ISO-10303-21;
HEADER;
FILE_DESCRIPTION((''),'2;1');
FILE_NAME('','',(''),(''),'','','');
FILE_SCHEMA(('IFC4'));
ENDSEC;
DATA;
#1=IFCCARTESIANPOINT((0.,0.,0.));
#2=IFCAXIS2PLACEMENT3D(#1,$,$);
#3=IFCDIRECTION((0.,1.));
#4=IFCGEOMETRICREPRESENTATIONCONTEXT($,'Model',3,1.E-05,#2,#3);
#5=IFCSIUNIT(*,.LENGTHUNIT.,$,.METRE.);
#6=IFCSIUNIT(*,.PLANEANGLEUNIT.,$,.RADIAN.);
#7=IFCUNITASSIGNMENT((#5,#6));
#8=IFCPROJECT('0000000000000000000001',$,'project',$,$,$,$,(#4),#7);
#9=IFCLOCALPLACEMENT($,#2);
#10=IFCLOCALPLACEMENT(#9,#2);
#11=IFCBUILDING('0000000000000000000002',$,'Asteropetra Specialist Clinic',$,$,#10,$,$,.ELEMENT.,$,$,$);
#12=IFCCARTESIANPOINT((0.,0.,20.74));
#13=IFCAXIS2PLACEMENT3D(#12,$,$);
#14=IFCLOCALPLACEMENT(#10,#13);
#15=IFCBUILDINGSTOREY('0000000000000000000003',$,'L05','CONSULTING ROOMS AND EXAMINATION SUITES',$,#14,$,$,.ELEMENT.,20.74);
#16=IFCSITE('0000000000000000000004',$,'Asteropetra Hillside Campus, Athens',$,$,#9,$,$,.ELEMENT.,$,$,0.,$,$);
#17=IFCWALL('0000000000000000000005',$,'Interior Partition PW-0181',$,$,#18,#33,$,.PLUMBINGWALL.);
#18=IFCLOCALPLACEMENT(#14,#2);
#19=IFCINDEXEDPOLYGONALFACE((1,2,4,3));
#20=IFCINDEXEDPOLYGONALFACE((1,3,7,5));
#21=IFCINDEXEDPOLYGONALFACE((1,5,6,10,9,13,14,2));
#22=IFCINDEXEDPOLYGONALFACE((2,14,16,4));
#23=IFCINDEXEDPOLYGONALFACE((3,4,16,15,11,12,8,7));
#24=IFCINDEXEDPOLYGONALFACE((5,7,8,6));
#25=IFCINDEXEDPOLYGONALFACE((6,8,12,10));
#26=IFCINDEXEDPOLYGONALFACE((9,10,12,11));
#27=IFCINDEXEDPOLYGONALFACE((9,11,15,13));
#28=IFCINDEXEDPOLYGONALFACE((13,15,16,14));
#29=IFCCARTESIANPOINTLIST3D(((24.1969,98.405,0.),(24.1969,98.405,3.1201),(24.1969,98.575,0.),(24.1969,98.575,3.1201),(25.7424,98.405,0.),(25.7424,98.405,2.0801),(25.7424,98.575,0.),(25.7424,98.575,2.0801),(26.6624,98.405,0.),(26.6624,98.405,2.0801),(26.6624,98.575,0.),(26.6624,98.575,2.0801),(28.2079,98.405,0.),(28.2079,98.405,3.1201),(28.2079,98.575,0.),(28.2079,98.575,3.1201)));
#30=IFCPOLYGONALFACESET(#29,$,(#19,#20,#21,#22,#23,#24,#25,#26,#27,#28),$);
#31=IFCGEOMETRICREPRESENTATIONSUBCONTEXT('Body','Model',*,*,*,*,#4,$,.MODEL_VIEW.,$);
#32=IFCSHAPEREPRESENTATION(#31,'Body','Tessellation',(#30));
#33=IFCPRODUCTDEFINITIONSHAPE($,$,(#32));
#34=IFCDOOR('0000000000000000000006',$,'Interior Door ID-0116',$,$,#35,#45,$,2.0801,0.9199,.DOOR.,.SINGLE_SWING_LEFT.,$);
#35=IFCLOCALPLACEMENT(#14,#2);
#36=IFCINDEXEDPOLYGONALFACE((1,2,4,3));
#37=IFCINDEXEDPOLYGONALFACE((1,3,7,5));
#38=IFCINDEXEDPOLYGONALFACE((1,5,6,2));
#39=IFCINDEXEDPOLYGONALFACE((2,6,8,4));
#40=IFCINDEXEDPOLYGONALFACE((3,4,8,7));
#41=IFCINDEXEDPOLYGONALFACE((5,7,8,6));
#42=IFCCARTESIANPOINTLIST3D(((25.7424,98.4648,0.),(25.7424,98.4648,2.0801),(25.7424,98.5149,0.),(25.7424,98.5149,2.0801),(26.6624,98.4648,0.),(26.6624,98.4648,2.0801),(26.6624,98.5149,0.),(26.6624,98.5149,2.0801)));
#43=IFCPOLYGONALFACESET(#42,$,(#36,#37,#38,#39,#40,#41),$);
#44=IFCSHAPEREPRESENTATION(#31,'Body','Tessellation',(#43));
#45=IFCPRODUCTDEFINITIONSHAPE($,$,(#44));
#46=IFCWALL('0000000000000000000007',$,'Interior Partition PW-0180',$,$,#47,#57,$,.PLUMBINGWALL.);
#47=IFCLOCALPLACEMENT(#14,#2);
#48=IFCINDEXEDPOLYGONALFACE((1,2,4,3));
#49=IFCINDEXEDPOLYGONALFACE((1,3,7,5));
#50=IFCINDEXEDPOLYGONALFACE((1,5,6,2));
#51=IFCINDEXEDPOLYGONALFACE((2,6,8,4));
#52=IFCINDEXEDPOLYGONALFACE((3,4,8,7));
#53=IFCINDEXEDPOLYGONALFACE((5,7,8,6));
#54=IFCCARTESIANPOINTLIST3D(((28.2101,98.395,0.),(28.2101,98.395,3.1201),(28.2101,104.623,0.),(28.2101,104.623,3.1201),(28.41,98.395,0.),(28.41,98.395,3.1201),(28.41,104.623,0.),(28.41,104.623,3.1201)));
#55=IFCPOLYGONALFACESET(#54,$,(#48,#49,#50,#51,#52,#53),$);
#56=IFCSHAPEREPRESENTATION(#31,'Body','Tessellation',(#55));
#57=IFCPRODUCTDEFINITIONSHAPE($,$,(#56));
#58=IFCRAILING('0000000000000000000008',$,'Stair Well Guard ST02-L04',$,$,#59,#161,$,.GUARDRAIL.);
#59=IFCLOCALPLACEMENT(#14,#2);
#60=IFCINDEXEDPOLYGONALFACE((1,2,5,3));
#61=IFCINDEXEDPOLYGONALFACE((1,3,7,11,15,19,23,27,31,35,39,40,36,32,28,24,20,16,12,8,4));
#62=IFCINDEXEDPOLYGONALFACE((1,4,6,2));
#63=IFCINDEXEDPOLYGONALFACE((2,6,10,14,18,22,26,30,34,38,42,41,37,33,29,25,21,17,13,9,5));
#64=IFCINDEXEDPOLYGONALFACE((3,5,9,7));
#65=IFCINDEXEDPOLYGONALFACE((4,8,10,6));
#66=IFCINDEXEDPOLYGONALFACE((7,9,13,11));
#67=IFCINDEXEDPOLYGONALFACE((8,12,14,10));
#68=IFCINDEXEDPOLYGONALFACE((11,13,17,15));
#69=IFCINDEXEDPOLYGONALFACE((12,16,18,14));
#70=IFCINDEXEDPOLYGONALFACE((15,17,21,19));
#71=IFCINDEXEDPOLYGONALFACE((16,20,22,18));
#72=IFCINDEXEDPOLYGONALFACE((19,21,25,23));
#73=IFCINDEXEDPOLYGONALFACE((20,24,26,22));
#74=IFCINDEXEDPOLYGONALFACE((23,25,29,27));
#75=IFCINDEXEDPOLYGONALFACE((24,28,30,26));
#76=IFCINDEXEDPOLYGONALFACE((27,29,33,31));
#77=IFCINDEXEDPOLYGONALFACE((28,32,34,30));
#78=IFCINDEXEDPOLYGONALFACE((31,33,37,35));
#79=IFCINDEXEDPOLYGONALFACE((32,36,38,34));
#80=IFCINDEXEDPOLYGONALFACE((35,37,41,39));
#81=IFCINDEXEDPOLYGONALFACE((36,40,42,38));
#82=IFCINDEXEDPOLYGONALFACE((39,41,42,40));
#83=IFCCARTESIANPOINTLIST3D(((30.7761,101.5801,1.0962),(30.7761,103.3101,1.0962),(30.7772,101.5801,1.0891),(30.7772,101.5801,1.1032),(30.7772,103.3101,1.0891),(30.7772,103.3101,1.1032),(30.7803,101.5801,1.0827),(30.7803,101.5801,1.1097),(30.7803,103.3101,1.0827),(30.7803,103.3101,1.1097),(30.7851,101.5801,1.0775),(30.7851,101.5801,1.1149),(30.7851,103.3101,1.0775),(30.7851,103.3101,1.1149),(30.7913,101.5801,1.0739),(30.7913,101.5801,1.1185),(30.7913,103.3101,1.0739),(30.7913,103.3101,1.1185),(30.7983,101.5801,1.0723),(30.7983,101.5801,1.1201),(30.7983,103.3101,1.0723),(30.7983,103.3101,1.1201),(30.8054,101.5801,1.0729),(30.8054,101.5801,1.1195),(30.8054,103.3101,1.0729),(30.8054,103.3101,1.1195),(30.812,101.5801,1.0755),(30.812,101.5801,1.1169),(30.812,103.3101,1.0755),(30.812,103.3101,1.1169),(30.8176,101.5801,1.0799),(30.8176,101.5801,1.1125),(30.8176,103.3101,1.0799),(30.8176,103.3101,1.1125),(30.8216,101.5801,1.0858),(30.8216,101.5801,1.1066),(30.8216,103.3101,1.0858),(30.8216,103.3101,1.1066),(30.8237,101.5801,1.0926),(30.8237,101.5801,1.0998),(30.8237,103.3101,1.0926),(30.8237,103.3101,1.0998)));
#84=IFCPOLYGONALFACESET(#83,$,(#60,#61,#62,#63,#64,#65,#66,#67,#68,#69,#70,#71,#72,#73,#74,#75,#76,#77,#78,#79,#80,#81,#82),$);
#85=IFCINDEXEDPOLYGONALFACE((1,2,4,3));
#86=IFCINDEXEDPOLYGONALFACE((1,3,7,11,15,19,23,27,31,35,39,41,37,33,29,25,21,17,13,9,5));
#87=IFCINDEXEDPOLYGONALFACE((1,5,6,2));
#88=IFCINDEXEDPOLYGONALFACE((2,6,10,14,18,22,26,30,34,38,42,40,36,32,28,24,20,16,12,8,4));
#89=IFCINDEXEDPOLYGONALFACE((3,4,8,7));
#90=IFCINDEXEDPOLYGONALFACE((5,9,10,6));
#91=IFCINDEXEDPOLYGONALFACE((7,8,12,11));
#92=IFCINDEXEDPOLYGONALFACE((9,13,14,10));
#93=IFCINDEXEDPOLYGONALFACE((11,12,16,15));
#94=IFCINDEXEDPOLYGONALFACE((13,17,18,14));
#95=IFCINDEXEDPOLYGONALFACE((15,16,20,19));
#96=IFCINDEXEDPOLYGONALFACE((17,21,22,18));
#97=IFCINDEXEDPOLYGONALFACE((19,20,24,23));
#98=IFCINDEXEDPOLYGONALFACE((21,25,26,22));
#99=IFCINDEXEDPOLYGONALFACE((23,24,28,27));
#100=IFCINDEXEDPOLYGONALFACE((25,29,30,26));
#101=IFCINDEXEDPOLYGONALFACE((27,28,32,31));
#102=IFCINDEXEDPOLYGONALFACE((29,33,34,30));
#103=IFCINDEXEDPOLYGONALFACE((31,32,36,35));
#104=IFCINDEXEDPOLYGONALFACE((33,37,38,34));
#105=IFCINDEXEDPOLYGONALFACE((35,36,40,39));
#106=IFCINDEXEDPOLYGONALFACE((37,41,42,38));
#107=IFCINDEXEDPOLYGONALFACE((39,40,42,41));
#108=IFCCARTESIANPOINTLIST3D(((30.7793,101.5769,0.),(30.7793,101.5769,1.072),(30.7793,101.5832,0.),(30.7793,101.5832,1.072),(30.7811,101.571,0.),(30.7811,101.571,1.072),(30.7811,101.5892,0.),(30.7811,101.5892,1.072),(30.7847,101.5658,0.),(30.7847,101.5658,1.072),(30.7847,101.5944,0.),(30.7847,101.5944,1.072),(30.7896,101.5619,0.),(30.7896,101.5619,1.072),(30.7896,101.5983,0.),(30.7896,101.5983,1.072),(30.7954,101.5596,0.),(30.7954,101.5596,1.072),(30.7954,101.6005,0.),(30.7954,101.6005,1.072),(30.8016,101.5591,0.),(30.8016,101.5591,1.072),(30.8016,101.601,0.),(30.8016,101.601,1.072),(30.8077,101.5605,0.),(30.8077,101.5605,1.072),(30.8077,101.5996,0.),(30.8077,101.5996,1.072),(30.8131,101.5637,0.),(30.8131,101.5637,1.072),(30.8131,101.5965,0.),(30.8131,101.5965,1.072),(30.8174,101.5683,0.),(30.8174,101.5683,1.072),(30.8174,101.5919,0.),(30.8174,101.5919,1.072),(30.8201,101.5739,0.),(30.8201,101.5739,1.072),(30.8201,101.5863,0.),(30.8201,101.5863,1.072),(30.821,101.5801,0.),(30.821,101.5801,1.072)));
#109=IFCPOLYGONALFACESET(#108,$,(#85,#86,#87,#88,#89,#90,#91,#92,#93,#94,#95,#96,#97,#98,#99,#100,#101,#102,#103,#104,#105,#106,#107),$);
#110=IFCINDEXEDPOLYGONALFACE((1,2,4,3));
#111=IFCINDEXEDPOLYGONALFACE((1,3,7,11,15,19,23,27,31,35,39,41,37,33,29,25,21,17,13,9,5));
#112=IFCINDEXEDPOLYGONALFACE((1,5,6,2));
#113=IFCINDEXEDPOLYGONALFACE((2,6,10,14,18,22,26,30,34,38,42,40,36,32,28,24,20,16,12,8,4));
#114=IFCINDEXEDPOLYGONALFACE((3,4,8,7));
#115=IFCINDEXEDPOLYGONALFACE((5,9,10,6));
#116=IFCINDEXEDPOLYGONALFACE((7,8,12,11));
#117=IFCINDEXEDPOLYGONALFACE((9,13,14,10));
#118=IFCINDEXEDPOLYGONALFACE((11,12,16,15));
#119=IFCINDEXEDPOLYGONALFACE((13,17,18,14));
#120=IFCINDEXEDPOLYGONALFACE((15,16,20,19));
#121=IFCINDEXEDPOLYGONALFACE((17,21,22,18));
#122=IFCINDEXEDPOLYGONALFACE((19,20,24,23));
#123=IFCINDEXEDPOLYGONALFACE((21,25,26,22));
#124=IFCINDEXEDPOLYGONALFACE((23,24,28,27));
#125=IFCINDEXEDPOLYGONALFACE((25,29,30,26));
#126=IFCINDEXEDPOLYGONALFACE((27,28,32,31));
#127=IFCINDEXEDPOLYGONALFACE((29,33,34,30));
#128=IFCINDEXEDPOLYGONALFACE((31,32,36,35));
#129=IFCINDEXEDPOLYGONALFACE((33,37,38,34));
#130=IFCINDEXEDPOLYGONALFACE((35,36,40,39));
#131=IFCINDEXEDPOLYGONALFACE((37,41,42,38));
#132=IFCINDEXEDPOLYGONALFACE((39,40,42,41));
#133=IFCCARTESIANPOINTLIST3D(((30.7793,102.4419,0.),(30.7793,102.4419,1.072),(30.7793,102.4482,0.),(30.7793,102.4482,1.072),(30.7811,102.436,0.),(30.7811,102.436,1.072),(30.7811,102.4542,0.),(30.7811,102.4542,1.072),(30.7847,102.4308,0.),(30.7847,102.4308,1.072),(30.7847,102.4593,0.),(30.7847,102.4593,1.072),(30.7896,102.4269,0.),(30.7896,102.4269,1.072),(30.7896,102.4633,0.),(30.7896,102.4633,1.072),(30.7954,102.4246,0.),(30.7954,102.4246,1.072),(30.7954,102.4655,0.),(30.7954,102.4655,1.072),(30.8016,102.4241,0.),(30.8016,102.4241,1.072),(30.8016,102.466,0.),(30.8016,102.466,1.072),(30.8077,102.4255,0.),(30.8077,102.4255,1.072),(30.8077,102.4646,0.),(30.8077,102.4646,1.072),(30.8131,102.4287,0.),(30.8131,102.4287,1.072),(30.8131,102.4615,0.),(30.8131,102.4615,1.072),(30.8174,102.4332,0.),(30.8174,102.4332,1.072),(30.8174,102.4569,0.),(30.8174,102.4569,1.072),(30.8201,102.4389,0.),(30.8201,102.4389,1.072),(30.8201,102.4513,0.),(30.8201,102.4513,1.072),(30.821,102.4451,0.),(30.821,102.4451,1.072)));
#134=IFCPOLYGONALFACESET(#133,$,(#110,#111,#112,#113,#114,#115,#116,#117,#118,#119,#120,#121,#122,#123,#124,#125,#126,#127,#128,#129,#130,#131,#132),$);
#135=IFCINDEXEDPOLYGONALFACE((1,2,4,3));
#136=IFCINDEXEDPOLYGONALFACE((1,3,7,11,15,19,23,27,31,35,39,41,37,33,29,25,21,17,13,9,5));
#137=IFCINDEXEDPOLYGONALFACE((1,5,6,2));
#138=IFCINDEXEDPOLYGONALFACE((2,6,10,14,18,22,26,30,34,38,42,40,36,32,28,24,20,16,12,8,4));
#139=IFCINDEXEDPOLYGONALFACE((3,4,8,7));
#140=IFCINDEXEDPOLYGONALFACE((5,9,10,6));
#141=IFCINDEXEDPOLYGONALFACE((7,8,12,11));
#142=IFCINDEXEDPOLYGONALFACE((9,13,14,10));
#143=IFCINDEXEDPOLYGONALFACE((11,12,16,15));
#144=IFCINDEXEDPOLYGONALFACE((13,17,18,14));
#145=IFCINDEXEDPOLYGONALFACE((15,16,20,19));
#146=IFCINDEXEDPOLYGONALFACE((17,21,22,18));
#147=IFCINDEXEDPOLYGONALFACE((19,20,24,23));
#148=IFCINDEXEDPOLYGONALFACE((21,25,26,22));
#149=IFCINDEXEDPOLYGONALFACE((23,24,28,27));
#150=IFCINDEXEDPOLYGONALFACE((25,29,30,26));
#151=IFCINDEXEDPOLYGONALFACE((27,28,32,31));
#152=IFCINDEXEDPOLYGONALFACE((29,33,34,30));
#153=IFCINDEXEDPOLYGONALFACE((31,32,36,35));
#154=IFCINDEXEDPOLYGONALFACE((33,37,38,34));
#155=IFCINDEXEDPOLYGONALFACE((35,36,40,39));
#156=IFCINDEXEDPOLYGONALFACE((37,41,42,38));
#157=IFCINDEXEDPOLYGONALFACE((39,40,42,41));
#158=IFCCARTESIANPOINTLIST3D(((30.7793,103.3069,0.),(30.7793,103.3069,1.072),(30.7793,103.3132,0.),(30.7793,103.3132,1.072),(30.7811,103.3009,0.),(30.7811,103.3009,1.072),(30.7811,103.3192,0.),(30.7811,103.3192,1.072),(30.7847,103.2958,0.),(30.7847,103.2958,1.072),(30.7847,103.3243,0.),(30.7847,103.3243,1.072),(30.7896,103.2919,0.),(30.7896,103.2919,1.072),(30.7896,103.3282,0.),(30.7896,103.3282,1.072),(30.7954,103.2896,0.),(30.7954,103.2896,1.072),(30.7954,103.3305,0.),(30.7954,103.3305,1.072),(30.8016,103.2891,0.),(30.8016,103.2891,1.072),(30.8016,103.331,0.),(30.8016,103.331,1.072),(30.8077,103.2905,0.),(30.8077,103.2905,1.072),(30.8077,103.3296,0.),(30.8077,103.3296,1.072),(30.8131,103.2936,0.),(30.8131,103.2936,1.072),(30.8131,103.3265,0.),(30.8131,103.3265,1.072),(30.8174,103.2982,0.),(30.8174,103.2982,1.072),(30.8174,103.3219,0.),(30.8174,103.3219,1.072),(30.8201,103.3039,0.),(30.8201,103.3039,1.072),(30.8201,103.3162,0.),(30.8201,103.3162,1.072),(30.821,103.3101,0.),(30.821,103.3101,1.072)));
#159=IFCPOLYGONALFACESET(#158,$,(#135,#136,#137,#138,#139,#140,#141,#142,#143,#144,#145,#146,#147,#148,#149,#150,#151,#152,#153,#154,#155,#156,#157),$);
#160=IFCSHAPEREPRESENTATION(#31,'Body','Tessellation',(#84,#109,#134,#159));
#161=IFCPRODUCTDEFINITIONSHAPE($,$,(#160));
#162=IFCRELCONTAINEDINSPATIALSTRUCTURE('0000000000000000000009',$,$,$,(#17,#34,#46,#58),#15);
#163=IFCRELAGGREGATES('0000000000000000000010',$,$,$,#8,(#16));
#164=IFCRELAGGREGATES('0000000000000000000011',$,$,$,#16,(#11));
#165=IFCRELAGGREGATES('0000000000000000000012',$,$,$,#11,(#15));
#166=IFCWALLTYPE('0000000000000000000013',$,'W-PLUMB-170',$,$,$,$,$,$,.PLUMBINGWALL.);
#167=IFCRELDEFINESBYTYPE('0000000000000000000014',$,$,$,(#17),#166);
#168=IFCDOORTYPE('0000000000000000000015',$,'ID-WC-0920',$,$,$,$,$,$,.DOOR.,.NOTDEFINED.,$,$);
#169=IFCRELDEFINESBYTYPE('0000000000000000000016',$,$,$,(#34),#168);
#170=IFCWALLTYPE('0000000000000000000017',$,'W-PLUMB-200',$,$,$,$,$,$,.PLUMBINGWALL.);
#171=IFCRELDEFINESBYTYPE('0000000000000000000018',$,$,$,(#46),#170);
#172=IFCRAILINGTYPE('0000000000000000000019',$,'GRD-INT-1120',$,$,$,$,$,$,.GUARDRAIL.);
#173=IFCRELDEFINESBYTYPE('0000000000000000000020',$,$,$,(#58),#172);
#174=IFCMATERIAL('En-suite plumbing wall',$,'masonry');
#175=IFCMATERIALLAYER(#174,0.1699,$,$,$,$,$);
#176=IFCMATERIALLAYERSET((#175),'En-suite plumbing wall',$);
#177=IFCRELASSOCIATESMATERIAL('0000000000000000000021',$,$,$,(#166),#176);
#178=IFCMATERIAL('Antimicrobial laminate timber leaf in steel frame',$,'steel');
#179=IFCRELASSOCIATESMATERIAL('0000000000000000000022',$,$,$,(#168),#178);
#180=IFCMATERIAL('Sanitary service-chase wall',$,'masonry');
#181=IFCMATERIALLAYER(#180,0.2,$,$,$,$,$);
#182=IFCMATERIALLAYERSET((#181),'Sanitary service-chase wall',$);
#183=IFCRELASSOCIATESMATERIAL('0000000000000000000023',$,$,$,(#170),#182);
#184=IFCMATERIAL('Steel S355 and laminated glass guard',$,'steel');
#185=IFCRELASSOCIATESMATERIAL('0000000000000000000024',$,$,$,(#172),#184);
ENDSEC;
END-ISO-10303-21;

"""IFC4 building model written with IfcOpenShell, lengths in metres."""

from ifc_helpers import new_model, si_unit, direction, frame, frame_2d, origin, origin_2d, place, context, subcontext, project, spatial, rectangle, circle, extrude, material, layer, layer_set, type_object, element, fill, save


model = new_model("IFC4")

# Units and contexts
model_context = context("Model", 3, precision=1e-05, world=origin(), true_north=direction((0.0, 1.0)))
body_context = subcontext(model_context, "Body", "Model", "MODEL_VIEW")
ifc_project = project(units=[si_unit("LENGTHUNIT", "METRE"), si_unit("PLANEANGLEUNIT", "RADIAN")], contexts=[model_context])

# Site, building, storey
site_placement = place(None, origin())
site = spatial("IfcSite", under=ifc_project, at=site_placement, Name="Asteropetra Hillside Campus, Athens", CompositionType="ELEMENT", RefElevation=0.0)
building_placement = place(site_placement, origin())
building = spatial("IfcBuilding", under=site, at=building_placement, Name="Asteropetra Specialist Clinic", CompositionType="ELEMENT")
storey_placement = place(building_placement, frame((0.0, 0.0, 20.74)))
storey = spatial("IfcBuildingStorey", under=building, at=storey_placement, Name="L05", Description="CONSULTING ROOMS AND EXAMINATION SUITES", CompositionType="ELEMENT", Elevation=20.74)

# Shared definitions
ifc_material_1 = material(Name="En-suite plumbing wall", Category="masonry")
ifc_layer_1 = layer(ifc_material_1, 0.1699)
ifc_layer_set_1 = layer_set([ifc_layer_1], Name="En-suite plumbing wall")
wall_type_1 = type_object("IfcWallType", Name="W-PLUMB-170", PredefinedType="PLUMBINGWALL", material=ifc_layer_set_1)

# Wall, opening, door
wall_1_placement = place(storey_placement, frame((24.197, 98.49, 0.0), z_axis=(0.0, 0.0, 1.0), x_axis=(1.0, 0.0, 0.0)))
wall_1 = element("IfcWall", 1, at=wall_1_placement, inside=storey, type_object=wall_type_1, Name="Interior Partition PW-0181", PredefinedType="PLUMBINGWALL", context=body_context, shape_type="SweptSolid", body=[
    extrude(rectangle(XDim=4.011, YDim=0.1699, at=frame_2d((2.0054, 0.0))), origin(), (0.0, 0.0, 1.0), 3.1201),
])
opening_1_placement = place(wall_1_placement, frame((1.5454, 0.0, 0.0)))
opening_1 = element("IfcOpeningElement", 2, at=opening_1_placement, cuts=wall_1, PredefinedType="OPENING", context=body_context, shape_type="SweptSolid", body=[
    extrude(rectangle(XDim=0.9199, YDim=2.0801, at=frame_2d((0.46, 1.04))), frame((0.0, 0.095, 0.0), z_axis=(0.0, -1.0, 0.0), x_axis=(1.0, 0.0, 0.0)), (0.0, 0.0, 1.0), 0.1899),
])
ifc_material_2 = material(Name="Antimicrobial laminate timber leaf in steel frame", Category="steel")
door_type_1 = type_object("IfcDoorType", Name="ID-WC-0920", OperationType="NOTDEFINED", PredefinedType="DOOR", material=ifc_material_2)
door_1_placement = place(opening_1_placement, origin())
door_1 = element("IfcDoor", 3, at=door_1_placement, inside=storey, type_object=door_type_1, Name="Interior Door ID-0116", OperationType="SINGLE_SWING_LEFT", OverallHeight=2.0801, OverallWidth=0.9199, PredefinedType="DOOR", context=body_context, shape_type="SweptSolid", body=[
    extrude(rectangle(XDim=0.9199, YDim=2.0801, at=frame_2d((0.46, 1.04))), frame((0.0, 0.0249, 0.0), z_axis=(0.0, -1.0, 0.0), x_axis=(1.0, 0.0, 0.0)), (0.0, 0.0, 1.0), 0.05),
])
fill(opening_1, door_1)

# Wall
ifc_material_3 = material(Name="Sanitary service-chase wall", Category="masonry")
ifc_layer_2 = layer(ifc_material_3, 0.2)
ifc_layer_set_2 = layer_set([ifc_layer_2], Name="Sanitary service-chase wall")
wall_type_2 = type_object("IfcWallType", Name="W-PLUMB-200", PredefinedType="PLUMBINGWALL", material=ifc_layer_set_2)
wall_2_placement = place(storey_placement, frame((28.3101, 98.395, 0.0), z_axis=(0.0, 0.0, 1.0), x_axis=(0.0, 1.0, 0.0)))
element("IfcWall", 4, at=wall_2_placement, inside=storey, type_object=wall_type_2, Name="Interior Partition PW-0180", PredefinedType="PLUMBINGWALL", context=body_context, shape_type="SweptSolid", body=[
    extrude(rectangle(XDim=6.228, YDim=0.2, at=frame_2d((3.114, 0.0))), origin(), (0.0, 0.0, 1.0), 3.1201),
])

# Railing
ifc_material_4 = material(Name="Steel S355 and laminated glass guard", Category="steel")
railing_type = type_object("IfcRailingType", Name="GRD-INT-1120", PredefinedType="GUARDRAIL", material=ifc_material_4)
railing_placement = place(storey_placement, frame((30.8, 101.5801, 0.0)))
element("IfcRailing", 5, at=railing_placement, inside=storey, type_object=railing_type, Name="Stair Well Guard ST02-L04", PredefinedType="GUARDRAIL", context=body_context, shape_type="SweptSolid", body=[
    extrude(circle(Radius=0.0239, at=origin_2d()), frame((0.0, 0.0, 1.0962), z_axis=(0.0, 1.0, 0.0), x_axis=(-1.0, 0.0, 0.0)), (0.0, 0.0, 1.0), 1.73),
    extrude(circle(Radius=0.021, at=origin_2d()), origin(), (0.0, 0.0, 1.0), 1.072),
    extrude(circle(Radius=0.021, at=origin_2d()), frame((0.0, 0.865, 0.0)), (0.0, 0.0, 1.0), 1.072),
    extrude(circle(Radius=0.021, at=origin_2d()), frame((0.0, 1.73, 0.0)), (0.0, 0.0, 1.0), 1.072),
])

save(model, "model.ifc")
